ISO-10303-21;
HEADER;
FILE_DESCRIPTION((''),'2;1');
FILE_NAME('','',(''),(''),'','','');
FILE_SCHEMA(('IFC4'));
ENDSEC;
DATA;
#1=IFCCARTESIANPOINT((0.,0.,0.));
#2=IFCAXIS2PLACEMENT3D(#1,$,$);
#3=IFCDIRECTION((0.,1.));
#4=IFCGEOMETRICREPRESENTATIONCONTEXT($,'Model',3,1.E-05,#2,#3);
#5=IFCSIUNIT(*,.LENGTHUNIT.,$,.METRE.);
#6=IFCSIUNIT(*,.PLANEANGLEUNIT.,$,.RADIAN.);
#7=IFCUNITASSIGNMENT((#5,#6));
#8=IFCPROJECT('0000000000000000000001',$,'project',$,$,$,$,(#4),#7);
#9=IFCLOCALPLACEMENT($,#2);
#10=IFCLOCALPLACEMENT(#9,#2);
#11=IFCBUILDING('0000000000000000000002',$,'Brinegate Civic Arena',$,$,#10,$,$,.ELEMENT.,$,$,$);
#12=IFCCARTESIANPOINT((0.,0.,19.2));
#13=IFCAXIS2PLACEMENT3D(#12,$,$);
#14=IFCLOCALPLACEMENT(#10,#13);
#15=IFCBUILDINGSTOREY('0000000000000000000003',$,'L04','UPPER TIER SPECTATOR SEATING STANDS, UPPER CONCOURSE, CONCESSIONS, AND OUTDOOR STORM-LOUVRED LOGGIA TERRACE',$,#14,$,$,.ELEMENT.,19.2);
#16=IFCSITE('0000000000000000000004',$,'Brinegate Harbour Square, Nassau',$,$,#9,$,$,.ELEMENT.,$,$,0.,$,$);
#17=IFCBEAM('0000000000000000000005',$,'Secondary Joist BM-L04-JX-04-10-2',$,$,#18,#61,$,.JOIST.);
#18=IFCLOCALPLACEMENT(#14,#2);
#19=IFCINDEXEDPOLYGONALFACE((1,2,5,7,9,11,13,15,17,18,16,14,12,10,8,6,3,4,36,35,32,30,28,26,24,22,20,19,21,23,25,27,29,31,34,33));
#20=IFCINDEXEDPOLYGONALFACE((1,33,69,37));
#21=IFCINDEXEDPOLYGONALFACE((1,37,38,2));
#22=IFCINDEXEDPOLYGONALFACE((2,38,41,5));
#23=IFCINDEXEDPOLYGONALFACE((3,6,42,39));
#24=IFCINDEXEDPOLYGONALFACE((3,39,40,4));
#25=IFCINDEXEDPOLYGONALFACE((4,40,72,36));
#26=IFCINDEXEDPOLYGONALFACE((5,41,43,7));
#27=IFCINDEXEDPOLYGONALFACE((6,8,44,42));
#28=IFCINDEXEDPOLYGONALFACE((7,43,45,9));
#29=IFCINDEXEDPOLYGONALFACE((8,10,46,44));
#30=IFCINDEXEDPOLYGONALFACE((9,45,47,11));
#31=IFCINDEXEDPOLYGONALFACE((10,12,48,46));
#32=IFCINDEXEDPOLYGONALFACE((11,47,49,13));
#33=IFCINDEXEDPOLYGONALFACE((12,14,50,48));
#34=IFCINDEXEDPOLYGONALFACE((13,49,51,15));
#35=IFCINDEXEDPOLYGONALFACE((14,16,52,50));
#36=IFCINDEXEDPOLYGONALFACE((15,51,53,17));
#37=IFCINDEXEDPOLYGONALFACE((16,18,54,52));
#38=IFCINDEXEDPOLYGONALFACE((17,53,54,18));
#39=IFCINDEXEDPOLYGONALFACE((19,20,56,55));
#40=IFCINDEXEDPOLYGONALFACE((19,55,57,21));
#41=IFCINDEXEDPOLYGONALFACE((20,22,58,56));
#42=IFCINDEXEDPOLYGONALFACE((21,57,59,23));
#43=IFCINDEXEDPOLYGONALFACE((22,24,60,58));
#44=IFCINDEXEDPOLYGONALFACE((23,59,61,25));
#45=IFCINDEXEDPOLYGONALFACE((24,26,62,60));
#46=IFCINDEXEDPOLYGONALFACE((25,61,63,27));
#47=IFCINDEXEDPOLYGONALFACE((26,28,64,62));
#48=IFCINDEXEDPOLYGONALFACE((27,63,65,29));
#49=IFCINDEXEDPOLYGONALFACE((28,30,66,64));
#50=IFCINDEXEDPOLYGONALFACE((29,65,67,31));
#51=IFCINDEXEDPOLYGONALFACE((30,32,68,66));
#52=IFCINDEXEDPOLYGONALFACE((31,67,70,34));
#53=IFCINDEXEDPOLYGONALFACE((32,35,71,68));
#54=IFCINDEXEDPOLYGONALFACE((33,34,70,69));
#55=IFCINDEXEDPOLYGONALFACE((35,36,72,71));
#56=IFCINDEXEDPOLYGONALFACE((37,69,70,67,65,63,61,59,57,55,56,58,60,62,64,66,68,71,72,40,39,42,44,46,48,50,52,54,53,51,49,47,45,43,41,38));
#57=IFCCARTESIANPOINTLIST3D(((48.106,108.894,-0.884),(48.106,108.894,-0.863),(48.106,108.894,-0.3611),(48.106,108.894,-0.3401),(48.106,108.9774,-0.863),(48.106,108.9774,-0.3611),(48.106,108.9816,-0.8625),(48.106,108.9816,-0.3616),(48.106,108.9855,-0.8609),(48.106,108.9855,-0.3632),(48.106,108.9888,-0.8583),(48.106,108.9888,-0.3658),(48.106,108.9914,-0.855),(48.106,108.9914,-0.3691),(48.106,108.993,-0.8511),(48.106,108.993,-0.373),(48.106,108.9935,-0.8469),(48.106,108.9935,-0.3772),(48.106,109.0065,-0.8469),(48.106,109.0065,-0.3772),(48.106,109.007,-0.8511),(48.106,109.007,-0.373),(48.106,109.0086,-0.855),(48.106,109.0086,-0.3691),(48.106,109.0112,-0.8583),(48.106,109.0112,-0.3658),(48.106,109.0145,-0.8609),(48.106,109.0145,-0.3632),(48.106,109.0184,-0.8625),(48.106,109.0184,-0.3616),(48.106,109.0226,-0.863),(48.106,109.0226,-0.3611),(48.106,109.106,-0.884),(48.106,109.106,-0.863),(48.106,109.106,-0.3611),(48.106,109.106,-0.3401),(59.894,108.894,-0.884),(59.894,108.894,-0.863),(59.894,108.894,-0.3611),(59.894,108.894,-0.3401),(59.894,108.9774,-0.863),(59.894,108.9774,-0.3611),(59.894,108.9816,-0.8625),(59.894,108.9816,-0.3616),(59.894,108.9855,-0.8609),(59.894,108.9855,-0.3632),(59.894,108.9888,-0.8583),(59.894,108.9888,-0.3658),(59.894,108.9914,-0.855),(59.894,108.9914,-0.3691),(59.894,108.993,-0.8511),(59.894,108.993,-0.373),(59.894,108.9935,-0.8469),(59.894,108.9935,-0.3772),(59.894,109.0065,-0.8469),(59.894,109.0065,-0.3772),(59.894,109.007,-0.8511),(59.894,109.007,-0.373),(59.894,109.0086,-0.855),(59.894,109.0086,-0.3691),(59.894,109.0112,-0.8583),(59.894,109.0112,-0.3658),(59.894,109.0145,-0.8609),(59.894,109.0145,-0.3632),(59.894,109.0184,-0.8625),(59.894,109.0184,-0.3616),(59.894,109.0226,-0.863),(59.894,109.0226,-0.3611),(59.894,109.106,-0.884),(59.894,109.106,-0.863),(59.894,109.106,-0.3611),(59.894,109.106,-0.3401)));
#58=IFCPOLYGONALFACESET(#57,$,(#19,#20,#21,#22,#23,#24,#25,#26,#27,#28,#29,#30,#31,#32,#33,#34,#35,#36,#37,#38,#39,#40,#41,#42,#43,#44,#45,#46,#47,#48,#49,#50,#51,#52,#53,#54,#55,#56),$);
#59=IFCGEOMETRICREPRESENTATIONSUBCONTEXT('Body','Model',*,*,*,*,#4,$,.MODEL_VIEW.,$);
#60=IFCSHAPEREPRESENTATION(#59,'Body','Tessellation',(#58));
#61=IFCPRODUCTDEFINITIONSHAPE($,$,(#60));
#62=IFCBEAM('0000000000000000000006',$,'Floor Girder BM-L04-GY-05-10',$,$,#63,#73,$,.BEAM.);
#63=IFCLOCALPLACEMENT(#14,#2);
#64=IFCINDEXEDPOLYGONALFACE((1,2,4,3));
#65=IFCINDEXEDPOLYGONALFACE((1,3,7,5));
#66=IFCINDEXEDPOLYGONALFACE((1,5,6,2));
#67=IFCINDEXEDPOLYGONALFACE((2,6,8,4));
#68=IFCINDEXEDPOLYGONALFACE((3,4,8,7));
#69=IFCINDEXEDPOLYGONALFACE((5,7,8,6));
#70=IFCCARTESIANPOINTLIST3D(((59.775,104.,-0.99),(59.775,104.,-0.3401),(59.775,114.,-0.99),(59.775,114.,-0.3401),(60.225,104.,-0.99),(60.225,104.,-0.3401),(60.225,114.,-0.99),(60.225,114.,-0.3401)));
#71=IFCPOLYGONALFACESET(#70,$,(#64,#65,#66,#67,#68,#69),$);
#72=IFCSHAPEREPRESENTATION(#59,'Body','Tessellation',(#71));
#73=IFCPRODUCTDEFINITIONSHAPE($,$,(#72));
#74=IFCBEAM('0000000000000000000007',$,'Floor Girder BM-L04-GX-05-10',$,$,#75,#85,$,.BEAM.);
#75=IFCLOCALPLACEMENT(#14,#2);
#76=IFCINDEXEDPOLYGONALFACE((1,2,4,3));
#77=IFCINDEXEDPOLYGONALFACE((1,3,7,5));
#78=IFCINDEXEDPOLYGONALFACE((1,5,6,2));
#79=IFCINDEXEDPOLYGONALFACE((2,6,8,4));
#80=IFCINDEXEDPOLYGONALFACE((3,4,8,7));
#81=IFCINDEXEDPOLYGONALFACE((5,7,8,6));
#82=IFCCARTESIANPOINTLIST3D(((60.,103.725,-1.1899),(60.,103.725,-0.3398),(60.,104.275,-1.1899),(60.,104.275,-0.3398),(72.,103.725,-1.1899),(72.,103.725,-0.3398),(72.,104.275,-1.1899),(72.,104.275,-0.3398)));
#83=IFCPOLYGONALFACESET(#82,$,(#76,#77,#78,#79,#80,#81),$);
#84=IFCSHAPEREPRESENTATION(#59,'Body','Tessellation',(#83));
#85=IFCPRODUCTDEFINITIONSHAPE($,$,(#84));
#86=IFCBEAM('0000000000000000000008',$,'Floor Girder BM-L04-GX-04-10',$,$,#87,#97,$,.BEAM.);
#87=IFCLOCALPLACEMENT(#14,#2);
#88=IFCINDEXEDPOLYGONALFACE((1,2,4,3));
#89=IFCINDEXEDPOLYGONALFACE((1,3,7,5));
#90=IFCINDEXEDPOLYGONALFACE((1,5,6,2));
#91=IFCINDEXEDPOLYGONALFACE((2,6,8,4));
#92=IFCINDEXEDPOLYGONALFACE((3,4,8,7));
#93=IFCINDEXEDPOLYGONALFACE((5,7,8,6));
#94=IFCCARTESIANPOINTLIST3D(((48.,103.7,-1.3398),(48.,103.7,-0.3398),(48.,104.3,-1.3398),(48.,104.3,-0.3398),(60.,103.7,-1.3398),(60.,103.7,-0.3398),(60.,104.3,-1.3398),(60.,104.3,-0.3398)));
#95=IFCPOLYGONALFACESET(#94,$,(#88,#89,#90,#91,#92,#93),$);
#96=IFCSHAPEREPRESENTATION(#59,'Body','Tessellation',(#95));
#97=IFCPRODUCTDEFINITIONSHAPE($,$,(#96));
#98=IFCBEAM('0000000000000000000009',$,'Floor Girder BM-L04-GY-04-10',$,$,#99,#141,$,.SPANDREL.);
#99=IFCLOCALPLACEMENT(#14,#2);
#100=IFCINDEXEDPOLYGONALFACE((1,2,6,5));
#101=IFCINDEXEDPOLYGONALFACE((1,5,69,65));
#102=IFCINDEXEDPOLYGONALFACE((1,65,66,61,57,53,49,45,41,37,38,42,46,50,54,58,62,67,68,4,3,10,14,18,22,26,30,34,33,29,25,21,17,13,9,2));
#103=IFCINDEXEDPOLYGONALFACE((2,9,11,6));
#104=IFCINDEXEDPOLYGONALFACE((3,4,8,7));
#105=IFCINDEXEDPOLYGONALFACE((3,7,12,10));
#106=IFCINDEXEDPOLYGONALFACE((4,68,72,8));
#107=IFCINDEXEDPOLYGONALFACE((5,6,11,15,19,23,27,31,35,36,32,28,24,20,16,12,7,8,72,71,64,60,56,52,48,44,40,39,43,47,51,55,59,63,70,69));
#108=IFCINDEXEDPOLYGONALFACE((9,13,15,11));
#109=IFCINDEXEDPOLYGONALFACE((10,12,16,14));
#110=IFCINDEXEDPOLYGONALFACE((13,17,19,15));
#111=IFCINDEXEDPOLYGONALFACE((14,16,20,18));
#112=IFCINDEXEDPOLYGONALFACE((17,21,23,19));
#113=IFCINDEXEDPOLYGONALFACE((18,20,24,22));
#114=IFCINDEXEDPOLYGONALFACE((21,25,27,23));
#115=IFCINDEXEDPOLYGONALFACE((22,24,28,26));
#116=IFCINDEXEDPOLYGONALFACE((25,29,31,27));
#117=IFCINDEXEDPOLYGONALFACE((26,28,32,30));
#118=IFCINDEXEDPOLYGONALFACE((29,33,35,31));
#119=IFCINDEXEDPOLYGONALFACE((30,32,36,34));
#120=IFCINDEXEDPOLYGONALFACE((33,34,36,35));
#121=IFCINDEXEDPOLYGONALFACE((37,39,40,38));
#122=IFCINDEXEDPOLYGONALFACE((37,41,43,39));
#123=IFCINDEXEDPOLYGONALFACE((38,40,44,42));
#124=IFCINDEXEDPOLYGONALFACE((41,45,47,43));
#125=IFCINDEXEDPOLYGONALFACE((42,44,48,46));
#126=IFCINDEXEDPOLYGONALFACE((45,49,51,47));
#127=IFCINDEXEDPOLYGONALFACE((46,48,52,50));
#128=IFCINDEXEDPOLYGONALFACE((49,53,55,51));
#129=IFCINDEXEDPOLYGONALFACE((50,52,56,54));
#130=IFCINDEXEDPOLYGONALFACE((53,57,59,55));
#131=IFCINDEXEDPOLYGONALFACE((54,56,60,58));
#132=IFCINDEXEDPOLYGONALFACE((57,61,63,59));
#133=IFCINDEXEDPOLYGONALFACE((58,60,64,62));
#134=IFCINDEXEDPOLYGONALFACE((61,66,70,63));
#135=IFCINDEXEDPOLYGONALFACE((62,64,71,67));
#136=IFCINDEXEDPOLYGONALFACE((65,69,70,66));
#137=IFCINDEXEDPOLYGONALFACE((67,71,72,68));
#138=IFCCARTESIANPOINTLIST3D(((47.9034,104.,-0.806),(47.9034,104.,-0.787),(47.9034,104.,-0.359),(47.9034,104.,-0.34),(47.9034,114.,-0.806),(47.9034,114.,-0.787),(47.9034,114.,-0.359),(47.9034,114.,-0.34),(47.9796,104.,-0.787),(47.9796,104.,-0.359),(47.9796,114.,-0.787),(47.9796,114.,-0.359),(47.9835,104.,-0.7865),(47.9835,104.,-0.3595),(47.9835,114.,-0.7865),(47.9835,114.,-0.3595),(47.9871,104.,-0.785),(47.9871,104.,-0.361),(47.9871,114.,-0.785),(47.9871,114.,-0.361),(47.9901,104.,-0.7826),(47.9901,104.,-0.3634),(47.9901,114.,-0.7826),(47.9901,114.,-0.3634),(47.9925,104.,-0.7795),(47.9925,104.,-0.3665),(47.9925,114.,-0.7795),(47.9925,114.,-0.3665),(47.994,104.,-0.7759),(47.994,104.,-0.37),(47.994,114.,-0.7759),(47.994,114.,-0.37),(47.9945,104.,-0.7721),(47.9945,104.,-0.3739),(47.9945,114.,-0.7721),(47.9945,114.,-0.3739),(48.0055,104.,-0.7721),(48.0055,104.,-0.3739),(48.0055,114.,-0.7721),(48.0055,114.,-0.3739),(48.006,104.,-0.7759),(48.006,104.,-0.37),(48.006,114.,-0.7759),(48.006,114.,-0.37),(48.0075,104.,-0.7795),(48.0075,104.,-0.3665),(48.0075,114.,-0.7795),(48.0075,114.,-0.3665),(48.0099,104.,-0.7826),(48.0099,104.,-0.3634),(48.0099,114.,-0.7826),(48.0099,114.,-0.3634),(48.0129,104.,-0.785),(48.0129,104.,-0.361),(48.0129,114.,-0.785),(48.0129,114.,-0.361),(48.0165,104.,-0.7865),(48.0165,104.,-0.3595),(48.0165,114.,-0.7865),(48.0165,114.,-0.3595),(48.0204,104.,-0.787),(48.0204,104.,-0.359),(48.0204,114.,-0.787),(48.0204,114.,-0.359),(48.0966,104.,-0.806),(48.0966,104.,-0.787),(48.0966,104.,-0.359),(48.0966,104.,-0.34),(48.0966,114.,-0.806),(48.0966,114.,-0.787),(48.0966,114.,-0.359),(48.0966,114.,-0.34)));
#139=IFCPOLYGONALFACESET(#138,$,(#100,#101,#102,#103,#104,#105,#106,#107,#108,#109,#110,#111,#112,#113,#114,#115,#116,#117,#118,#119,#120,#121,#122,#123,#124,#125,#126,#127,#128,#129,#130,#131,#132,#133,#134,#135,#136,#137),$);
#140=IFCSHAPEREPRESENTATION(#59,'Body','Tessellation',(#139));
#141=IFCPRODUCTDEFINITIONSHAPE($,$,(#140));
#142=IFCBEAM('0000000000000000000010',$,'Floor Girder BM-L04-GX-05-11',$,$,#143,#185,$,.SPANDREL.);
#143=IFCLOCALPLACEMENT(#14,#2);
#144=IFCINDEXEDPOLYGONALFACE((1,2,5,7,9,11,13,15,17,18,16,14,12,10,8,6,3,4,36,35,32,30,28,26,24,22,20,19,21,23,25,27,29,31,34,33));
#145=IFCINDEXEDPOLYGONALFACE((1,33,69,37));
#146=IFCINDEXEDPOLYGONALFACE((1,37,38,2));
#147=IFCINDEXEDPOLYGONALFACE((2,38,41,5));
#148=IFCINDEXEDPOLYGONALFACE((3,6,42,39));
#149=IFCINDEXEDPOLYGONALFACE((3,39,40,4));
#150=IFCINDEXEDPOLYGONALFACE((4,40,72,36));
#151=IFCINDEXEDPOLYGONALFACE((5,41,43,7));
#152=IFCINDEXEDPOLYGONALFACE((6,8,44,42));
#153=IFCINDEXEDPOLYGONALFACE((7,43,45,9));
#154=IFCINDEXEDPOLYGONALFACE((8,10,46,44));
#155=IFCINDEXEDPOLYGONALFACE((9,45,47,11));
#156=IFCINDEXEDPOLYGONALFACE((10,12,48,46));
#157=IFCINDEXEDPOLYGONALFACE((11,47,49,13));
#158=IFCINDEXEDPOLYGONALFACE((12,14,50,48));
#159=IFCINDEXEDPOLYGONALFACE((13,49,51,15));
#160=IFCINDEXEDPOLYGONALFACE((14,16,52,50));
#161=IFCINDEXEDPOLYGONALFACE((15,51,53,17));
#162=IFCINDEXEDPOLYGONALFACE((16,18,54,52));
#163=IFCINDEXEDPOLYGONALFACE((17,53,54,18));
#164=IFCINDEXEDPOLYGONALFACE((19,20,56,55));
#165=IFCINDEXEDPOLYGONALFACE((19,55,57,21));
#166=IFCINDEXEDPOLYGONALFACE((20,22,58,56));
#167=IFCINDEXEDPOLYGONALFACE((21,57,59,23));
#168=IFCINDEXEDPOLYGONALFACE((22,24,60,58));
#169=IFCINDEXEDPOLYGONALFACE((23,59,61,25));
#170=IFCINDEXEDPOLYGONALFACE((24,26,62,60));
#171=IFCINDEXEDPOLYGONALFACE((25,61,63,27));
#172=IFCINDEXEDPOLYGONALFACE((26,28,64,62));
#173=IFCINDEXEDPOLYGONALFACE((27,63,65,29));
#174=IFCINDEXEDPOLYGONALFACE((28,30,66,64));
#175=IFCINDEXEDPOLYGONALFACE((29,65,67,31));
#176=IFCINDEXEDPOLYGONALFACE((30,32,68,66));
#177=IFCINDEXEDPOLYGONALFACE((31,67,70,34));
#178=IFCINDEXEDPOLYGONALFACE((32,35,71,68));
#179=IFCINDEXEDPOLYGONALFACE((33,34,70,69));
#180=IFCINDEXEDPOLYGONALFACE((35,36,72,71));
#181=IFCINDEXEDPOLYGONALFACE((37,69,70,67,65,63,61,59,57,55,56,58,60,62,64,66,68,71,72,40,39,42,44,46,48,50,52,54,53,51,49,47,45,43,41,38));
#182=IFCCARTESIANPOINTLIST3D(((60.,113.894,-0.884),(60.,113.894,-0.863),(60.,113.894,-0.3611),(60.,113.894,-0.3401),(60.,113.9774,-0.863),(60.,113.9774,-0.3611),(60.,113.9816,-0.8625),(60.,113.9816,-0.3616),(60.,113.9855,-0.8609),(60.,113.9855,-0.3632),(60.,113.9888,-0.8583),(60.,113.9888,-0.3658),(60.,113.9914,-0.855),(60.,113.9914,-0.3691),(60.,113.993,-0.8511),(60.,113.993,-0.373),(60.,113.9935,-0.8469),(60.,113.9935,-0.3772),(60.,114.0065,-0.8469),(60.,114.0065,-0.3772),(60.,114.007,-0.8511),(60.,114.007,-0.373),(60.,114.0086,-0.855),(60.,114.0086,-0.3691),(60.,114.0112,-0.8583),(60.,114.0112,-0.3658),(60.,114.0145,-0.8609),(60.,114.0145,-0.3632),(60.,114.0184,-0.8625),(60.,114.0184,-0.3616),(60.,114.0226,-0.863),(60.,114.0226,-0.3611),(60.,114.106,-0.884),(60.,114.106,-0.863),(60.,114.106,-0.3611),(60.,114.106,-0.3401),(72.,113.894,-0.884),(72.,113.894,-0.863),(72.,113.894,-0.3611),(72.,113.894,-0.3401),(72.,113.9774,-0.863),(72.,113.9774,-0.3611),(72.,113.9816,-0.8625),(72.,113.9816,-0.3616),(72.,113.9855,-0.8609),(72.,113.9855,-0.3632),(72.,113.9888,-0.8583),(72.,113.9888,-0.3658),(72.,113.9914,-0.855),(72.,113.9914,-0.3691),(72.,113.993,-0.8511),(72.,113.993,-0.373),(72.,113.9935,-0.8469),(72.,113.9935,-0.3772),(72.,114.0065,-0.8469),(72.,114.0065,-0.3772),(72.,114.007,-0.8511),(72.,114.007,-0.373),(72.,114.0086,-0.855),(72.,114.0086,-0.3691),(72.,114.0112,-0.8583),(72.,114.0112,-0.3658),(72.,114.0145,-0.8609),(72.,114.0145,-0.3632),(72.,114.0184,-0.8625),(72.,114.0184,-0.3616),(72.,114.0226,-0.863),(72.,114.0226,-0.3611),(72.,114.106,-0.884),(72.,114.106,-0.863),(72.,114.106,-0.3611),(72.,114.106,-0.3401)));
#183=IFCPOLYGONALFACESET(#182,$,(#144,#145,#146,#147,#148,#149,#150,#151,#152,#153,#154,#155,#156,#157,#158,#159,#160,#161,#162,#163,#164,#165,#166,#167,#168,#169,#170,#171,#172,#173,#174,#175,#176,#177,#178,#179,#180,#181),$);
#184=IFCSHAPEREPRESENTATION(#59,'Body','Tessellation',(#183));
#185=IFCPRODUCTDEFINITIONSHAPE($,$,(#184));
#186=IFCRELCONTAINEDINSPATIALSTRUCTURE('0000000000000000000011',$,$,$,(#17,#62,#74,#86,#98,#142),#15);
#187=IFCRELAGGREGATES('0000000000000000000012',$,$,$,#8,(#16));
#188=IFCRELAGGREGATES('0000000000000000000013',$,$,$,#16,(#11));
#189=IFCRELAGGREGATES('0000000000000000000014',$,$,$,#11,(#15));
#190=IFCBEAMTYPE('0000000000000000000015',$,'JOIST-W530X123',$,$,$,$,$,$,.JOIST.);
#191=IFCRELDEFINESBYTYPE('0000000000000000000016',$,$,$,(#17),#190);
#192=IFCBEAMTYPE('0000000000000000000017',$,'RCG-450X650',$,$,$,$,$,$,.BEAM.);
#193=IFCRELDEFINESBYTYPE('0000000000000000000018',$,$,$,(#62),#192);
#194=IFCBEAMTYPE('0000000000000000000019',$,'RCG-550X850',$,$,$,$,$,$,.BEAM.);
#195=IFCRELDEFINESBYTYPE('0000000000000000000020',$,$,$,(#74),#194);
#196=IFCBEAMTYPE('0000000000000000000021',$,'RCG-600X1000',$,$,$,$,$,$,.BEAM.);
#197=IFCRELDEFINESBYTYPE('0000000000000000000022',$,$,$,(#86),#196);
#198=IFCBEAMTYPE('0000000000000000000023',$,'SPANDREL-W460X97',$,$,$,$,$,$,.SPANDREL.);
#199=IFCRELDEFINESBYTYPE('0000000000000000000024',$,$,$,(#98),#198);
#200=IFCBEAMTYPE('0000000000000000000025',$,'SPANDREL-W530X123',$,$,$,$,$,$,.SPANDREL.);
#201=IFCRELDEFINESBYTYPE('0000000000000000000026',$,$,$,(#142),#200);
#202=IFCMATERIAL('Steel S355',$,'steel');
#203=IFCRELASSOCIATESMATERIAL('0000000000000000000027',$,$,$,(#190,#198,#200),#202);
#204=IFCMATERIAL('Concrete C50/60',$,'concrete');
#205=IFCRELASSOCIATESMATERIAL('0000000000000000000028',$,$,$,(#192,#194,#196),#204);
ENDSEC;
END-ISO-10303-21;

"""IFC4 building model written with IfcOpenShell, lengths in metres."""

from ifc_helpers import new_model, si_unit, direction, frame, origin, origin_2d, place, context, subcontext, project, spatial, rectangle, i_section, extrude, material, material_profile, profile_set, type_object, element, save


model = new_model("IFC4")

# Units and contexts
model_context = context("Model", 3, precision=1e-05, world=origin(), true_north=direction((0.0, 1.0)))
body_context = subcontext(model_context, "Body", "Model", "MODEL_VIEW")
ifc_project = project(units=[si_unit("LENGTHUNIT", "METRE"), si_unit("PLANEANGLEUNIT", "RADIAN")], contexts=[model_context])

# Site, building, storey
site_placement = place(None, origin())
site = spatial("IfcSite", under=ifc_project, at=site_placement, Name="Brinegate Harbour Square, Nassau", CompositionType="ELEMENT", RefElevation=0.0)
building_placement = place(site_placement, origin())
building = spatial("IfcBuilding", under=site, at=building_placement, Name="Brinegate Civic Arena", CompositionType="ELEMENT")
storey_placement = place(building_placement, frame((0.0, 0.0, 19.2)))
storey = spatial("IfcBuildingStorey", under=building, at=storey_placement, Name="L04", Description="UPPER TIER SPECTATOR SEATING STANDS, UPPER CONCOURSE, CONCESSIONS, AND OUTDOOR STORM-LOUVRED LOGGIA TERRACE", CompositionType="ELEMENT", Elevation=19.2)

# Shared definitions
ifc_material_1 = material(Name="Concrete C50/60", Category="concrete")

# Beams
ifc_material_2 = material(Name="Steel S355", Category="steel")
ifc_material_profile_1 = material_profile(ifc_material_2, i_section(OverallWidth=0.2119, OverallDepth=0.5439, WebThickness=0.0129, FlangeThickness=0.021, FilletRadius=0.0161, at=origin_2d()), Name="W530X123")
ifc_profile_set_1 = profile_set([ifc_material_profile_1], Name="Steel S355")
beam_type_1 = type_object("IfcBeamType", Name="JOIST-W530X123", PredefinedType="JOIST", material=ifc_profile_set_1)
beam_1_placement = place(storey_placement, frame((48.106, 109.0, -0.6121), z_axis=(1.0, 0.0, 0.0), x_axis=(0.0, 1.0, 0.0)))
element("IfcBeam", 1, at=beam_1_placement, inside=storey, type_object=beam_type_1, Name="Secondary Joist BM-L04-JX-04-10-2", PredefinedType="JOIST", context=body_context, shape_type="SweptSolid", body=[
    extrude(i_section(OverallWidth=0.2119, OverallDepth=0.5439, WebThickness=0.0129, FlangeThickness=0.021, FilletRadius=0.0161, at=origin_2d()), origin(), (0.0, 0.0, 1.0), 11.7881),
])
ifc_material_profile_2 = material_profile(ifc_material_1, rectangle(XDim=0.45, YDim=0.6499, at=origin_2d()), Name="RCB450X650")
ifc_profile_set_2 = profile_set([ifc_material_profile_2], Name="Concrete C50/60")
beam_type_2 = type_object("IfcBeamType", Name="RCG-450X650", PredefinedType="BEAM", material=ifc_profile_set_2)
beam_2_placement = place(storey_placement, frame((60.0, 104.0, -0.665), z_axis=(0.0, 1.0, 0.0), x_axis=(-1.0, 0.0, 0.0)))
element("IfcBeam", 2, at=beam_2_placement, inside=storey, type_object=beam_type_2, Name="Floor Girder BM-L04-GY-05-10", PredefinedType="BEAM", context=body_context, shape_type="SweptSolid", body=[
    extrude(rectangle(XDim=0.45, YDim=0.6499, at=origin_2d()), origin(), (0.0, 0.0, 1.0), 10.0),
])
ifc_material_profile_3 = material_profile(ifc_material_1, rectangle(XDim=0.55, YDim=0.8501, at=origin_2d()), Name="RCB550X850")
ifc_profile_set_3 = profile_set([ifc_material_profile_3], Name="Concrete C50/60")
beam_type_3 = type_object("IfcBeamType", Name="RCG-550X850", PredefinedType="BEAM", material=ifc_profile_set_3)
beam_3_placement = place(storey_placement, frame((60.0, 104.0, -0.7649), z_axis=(1.0, 0.0, 0.0), x_axis=(0.0, 1.0, 0.0)))
element("IfcBeam", 3, at=beam_3_placement, inside=storey, type_object=beam_type_3, Name="Floor Girder BM-L04-GX-05-10", PredefinedType="BEAM", context=body_context, shape_type="SweptSolid", body=[
    extrude(rectangle(XDim=0.55, YDim=0.8501, at=origin_2d()), origin(), (0.0, 0.0, 1.0), 12.0),
])
ifc_material_profile_4 = material_profile(ifc_material_1, rectangle(XDim=0.6001, YDim=1.0, at=origin_2d()), Name="RCB600X1000")
ifc_profile_set_4 = profile_set([ifc_material_profile_4], Name="Concrete C50/60")
beam_type_4 = type_object("IfcBeamType", Name="RCG-600X1000", PredefinedType="BEAM", material=ifc_profile_set_4)
beam_4_placement = place(storey_placement, frame((48.0, 104.0, -0.8398), z_axis=(1.0, 0.0, 0.0), x_axis=(0.0, 1.0, 0.0)))
element("IfcBeam", 4, at=beam_4_placement, inside=storey, type_object=beam_type_4, Name="Floor Girder BM-L04-GX-04-10", PredefinedType="BEAM", context=body_context, shape_type="SweptSolid", body=[
    extrude(rectangle(XDim=0.6001, YDim=1.0, at=origin_2d()), origin(), (0.0, 0.0, 1.0), 12.0),
])
ifc_material_profile_5 = material_profile(ifc_material_2, i_section(OverallWidth=0.1931, OverallDepth=0.4661, WebThickness=0.011, FlangeThickness=0.019, FilletRadius=0.0149, at=origin_2d()), Name="W460X97")
ifc_profile_set_5 = profile_set([ifc_material_profile_5], Name="Steel S355")
beam_type_5 = type_object("IfcBeamType", Name="SPANDREL-W460X97", PredefinedType="SPANDREL", material=ifc_profile_set_5)
beam_5_placement = place(storey_placement, frame((48.0, 104.0, -0.573), z_axis=(0.0, 1.0, 0.0), x_axis=(-1.0, 0.0, 0.0)))
element("IfcBeam", 5, at=beam_5_placement, inside=storey, type_object=beam_type_5, Name="Floor Girder BM-L04-GY-04-10", PredefinedType="SPANDREL", context=body_context, shape_type="SweptSolid", body=[
    extrude(i_section(OverallWidth=0.1931, OverallDepth=0.4661, WebThickness=0.011, FlangeThickness=0.019, FilletRadius=0.0149, at=origin_2d()), origin(), (0.0, 0.0, 1.0), 10.0),
])
ifc_material_profile_6 = material_profile(ifc_material_2, i_section(OverallWidth=0.2119, OverallDepth=0.5439, WebThickness=0.0129, FlangeThickness=0.021, FilletRadius=0.0161, at=origin_2d()), Name="W530X123")
ifc_profile_set_6 = profile_set([ifc_material_profile_6], Name="Steel S355")
beam_type_6 = type_object("IfcBeamType", Name="SPANDREL-W530X123", PredefinedType="SPANDREL", material=ifc_profile_set_6)
beam_6_placement = place(storey_placement, frame((60.0, 114.0, -0.6121), z_axis=(1.0, 0.0, 0.0), x_axis=(0.0, 1.0, 0.0)))
element("IfcBeam", 6, at=beam_6_placement, inside=storey, type_object=beam_type_6, Name="Floor Girder BM-L04-GX-05-11", PredefinedType="SPANDREL", context=body_context, shape_type="SweptSolid", body=[
    extrude(i_section(OverallWidth=0.2119, OverallDepth=0.5439, WebThickness=0.0129, FlangeThickness=0.021, FilletRadius=0.0161, at=origin_2d()), origin(), (0.0, 0.0, 1.0), 12.0),
])

save(model, "model.ifc")
